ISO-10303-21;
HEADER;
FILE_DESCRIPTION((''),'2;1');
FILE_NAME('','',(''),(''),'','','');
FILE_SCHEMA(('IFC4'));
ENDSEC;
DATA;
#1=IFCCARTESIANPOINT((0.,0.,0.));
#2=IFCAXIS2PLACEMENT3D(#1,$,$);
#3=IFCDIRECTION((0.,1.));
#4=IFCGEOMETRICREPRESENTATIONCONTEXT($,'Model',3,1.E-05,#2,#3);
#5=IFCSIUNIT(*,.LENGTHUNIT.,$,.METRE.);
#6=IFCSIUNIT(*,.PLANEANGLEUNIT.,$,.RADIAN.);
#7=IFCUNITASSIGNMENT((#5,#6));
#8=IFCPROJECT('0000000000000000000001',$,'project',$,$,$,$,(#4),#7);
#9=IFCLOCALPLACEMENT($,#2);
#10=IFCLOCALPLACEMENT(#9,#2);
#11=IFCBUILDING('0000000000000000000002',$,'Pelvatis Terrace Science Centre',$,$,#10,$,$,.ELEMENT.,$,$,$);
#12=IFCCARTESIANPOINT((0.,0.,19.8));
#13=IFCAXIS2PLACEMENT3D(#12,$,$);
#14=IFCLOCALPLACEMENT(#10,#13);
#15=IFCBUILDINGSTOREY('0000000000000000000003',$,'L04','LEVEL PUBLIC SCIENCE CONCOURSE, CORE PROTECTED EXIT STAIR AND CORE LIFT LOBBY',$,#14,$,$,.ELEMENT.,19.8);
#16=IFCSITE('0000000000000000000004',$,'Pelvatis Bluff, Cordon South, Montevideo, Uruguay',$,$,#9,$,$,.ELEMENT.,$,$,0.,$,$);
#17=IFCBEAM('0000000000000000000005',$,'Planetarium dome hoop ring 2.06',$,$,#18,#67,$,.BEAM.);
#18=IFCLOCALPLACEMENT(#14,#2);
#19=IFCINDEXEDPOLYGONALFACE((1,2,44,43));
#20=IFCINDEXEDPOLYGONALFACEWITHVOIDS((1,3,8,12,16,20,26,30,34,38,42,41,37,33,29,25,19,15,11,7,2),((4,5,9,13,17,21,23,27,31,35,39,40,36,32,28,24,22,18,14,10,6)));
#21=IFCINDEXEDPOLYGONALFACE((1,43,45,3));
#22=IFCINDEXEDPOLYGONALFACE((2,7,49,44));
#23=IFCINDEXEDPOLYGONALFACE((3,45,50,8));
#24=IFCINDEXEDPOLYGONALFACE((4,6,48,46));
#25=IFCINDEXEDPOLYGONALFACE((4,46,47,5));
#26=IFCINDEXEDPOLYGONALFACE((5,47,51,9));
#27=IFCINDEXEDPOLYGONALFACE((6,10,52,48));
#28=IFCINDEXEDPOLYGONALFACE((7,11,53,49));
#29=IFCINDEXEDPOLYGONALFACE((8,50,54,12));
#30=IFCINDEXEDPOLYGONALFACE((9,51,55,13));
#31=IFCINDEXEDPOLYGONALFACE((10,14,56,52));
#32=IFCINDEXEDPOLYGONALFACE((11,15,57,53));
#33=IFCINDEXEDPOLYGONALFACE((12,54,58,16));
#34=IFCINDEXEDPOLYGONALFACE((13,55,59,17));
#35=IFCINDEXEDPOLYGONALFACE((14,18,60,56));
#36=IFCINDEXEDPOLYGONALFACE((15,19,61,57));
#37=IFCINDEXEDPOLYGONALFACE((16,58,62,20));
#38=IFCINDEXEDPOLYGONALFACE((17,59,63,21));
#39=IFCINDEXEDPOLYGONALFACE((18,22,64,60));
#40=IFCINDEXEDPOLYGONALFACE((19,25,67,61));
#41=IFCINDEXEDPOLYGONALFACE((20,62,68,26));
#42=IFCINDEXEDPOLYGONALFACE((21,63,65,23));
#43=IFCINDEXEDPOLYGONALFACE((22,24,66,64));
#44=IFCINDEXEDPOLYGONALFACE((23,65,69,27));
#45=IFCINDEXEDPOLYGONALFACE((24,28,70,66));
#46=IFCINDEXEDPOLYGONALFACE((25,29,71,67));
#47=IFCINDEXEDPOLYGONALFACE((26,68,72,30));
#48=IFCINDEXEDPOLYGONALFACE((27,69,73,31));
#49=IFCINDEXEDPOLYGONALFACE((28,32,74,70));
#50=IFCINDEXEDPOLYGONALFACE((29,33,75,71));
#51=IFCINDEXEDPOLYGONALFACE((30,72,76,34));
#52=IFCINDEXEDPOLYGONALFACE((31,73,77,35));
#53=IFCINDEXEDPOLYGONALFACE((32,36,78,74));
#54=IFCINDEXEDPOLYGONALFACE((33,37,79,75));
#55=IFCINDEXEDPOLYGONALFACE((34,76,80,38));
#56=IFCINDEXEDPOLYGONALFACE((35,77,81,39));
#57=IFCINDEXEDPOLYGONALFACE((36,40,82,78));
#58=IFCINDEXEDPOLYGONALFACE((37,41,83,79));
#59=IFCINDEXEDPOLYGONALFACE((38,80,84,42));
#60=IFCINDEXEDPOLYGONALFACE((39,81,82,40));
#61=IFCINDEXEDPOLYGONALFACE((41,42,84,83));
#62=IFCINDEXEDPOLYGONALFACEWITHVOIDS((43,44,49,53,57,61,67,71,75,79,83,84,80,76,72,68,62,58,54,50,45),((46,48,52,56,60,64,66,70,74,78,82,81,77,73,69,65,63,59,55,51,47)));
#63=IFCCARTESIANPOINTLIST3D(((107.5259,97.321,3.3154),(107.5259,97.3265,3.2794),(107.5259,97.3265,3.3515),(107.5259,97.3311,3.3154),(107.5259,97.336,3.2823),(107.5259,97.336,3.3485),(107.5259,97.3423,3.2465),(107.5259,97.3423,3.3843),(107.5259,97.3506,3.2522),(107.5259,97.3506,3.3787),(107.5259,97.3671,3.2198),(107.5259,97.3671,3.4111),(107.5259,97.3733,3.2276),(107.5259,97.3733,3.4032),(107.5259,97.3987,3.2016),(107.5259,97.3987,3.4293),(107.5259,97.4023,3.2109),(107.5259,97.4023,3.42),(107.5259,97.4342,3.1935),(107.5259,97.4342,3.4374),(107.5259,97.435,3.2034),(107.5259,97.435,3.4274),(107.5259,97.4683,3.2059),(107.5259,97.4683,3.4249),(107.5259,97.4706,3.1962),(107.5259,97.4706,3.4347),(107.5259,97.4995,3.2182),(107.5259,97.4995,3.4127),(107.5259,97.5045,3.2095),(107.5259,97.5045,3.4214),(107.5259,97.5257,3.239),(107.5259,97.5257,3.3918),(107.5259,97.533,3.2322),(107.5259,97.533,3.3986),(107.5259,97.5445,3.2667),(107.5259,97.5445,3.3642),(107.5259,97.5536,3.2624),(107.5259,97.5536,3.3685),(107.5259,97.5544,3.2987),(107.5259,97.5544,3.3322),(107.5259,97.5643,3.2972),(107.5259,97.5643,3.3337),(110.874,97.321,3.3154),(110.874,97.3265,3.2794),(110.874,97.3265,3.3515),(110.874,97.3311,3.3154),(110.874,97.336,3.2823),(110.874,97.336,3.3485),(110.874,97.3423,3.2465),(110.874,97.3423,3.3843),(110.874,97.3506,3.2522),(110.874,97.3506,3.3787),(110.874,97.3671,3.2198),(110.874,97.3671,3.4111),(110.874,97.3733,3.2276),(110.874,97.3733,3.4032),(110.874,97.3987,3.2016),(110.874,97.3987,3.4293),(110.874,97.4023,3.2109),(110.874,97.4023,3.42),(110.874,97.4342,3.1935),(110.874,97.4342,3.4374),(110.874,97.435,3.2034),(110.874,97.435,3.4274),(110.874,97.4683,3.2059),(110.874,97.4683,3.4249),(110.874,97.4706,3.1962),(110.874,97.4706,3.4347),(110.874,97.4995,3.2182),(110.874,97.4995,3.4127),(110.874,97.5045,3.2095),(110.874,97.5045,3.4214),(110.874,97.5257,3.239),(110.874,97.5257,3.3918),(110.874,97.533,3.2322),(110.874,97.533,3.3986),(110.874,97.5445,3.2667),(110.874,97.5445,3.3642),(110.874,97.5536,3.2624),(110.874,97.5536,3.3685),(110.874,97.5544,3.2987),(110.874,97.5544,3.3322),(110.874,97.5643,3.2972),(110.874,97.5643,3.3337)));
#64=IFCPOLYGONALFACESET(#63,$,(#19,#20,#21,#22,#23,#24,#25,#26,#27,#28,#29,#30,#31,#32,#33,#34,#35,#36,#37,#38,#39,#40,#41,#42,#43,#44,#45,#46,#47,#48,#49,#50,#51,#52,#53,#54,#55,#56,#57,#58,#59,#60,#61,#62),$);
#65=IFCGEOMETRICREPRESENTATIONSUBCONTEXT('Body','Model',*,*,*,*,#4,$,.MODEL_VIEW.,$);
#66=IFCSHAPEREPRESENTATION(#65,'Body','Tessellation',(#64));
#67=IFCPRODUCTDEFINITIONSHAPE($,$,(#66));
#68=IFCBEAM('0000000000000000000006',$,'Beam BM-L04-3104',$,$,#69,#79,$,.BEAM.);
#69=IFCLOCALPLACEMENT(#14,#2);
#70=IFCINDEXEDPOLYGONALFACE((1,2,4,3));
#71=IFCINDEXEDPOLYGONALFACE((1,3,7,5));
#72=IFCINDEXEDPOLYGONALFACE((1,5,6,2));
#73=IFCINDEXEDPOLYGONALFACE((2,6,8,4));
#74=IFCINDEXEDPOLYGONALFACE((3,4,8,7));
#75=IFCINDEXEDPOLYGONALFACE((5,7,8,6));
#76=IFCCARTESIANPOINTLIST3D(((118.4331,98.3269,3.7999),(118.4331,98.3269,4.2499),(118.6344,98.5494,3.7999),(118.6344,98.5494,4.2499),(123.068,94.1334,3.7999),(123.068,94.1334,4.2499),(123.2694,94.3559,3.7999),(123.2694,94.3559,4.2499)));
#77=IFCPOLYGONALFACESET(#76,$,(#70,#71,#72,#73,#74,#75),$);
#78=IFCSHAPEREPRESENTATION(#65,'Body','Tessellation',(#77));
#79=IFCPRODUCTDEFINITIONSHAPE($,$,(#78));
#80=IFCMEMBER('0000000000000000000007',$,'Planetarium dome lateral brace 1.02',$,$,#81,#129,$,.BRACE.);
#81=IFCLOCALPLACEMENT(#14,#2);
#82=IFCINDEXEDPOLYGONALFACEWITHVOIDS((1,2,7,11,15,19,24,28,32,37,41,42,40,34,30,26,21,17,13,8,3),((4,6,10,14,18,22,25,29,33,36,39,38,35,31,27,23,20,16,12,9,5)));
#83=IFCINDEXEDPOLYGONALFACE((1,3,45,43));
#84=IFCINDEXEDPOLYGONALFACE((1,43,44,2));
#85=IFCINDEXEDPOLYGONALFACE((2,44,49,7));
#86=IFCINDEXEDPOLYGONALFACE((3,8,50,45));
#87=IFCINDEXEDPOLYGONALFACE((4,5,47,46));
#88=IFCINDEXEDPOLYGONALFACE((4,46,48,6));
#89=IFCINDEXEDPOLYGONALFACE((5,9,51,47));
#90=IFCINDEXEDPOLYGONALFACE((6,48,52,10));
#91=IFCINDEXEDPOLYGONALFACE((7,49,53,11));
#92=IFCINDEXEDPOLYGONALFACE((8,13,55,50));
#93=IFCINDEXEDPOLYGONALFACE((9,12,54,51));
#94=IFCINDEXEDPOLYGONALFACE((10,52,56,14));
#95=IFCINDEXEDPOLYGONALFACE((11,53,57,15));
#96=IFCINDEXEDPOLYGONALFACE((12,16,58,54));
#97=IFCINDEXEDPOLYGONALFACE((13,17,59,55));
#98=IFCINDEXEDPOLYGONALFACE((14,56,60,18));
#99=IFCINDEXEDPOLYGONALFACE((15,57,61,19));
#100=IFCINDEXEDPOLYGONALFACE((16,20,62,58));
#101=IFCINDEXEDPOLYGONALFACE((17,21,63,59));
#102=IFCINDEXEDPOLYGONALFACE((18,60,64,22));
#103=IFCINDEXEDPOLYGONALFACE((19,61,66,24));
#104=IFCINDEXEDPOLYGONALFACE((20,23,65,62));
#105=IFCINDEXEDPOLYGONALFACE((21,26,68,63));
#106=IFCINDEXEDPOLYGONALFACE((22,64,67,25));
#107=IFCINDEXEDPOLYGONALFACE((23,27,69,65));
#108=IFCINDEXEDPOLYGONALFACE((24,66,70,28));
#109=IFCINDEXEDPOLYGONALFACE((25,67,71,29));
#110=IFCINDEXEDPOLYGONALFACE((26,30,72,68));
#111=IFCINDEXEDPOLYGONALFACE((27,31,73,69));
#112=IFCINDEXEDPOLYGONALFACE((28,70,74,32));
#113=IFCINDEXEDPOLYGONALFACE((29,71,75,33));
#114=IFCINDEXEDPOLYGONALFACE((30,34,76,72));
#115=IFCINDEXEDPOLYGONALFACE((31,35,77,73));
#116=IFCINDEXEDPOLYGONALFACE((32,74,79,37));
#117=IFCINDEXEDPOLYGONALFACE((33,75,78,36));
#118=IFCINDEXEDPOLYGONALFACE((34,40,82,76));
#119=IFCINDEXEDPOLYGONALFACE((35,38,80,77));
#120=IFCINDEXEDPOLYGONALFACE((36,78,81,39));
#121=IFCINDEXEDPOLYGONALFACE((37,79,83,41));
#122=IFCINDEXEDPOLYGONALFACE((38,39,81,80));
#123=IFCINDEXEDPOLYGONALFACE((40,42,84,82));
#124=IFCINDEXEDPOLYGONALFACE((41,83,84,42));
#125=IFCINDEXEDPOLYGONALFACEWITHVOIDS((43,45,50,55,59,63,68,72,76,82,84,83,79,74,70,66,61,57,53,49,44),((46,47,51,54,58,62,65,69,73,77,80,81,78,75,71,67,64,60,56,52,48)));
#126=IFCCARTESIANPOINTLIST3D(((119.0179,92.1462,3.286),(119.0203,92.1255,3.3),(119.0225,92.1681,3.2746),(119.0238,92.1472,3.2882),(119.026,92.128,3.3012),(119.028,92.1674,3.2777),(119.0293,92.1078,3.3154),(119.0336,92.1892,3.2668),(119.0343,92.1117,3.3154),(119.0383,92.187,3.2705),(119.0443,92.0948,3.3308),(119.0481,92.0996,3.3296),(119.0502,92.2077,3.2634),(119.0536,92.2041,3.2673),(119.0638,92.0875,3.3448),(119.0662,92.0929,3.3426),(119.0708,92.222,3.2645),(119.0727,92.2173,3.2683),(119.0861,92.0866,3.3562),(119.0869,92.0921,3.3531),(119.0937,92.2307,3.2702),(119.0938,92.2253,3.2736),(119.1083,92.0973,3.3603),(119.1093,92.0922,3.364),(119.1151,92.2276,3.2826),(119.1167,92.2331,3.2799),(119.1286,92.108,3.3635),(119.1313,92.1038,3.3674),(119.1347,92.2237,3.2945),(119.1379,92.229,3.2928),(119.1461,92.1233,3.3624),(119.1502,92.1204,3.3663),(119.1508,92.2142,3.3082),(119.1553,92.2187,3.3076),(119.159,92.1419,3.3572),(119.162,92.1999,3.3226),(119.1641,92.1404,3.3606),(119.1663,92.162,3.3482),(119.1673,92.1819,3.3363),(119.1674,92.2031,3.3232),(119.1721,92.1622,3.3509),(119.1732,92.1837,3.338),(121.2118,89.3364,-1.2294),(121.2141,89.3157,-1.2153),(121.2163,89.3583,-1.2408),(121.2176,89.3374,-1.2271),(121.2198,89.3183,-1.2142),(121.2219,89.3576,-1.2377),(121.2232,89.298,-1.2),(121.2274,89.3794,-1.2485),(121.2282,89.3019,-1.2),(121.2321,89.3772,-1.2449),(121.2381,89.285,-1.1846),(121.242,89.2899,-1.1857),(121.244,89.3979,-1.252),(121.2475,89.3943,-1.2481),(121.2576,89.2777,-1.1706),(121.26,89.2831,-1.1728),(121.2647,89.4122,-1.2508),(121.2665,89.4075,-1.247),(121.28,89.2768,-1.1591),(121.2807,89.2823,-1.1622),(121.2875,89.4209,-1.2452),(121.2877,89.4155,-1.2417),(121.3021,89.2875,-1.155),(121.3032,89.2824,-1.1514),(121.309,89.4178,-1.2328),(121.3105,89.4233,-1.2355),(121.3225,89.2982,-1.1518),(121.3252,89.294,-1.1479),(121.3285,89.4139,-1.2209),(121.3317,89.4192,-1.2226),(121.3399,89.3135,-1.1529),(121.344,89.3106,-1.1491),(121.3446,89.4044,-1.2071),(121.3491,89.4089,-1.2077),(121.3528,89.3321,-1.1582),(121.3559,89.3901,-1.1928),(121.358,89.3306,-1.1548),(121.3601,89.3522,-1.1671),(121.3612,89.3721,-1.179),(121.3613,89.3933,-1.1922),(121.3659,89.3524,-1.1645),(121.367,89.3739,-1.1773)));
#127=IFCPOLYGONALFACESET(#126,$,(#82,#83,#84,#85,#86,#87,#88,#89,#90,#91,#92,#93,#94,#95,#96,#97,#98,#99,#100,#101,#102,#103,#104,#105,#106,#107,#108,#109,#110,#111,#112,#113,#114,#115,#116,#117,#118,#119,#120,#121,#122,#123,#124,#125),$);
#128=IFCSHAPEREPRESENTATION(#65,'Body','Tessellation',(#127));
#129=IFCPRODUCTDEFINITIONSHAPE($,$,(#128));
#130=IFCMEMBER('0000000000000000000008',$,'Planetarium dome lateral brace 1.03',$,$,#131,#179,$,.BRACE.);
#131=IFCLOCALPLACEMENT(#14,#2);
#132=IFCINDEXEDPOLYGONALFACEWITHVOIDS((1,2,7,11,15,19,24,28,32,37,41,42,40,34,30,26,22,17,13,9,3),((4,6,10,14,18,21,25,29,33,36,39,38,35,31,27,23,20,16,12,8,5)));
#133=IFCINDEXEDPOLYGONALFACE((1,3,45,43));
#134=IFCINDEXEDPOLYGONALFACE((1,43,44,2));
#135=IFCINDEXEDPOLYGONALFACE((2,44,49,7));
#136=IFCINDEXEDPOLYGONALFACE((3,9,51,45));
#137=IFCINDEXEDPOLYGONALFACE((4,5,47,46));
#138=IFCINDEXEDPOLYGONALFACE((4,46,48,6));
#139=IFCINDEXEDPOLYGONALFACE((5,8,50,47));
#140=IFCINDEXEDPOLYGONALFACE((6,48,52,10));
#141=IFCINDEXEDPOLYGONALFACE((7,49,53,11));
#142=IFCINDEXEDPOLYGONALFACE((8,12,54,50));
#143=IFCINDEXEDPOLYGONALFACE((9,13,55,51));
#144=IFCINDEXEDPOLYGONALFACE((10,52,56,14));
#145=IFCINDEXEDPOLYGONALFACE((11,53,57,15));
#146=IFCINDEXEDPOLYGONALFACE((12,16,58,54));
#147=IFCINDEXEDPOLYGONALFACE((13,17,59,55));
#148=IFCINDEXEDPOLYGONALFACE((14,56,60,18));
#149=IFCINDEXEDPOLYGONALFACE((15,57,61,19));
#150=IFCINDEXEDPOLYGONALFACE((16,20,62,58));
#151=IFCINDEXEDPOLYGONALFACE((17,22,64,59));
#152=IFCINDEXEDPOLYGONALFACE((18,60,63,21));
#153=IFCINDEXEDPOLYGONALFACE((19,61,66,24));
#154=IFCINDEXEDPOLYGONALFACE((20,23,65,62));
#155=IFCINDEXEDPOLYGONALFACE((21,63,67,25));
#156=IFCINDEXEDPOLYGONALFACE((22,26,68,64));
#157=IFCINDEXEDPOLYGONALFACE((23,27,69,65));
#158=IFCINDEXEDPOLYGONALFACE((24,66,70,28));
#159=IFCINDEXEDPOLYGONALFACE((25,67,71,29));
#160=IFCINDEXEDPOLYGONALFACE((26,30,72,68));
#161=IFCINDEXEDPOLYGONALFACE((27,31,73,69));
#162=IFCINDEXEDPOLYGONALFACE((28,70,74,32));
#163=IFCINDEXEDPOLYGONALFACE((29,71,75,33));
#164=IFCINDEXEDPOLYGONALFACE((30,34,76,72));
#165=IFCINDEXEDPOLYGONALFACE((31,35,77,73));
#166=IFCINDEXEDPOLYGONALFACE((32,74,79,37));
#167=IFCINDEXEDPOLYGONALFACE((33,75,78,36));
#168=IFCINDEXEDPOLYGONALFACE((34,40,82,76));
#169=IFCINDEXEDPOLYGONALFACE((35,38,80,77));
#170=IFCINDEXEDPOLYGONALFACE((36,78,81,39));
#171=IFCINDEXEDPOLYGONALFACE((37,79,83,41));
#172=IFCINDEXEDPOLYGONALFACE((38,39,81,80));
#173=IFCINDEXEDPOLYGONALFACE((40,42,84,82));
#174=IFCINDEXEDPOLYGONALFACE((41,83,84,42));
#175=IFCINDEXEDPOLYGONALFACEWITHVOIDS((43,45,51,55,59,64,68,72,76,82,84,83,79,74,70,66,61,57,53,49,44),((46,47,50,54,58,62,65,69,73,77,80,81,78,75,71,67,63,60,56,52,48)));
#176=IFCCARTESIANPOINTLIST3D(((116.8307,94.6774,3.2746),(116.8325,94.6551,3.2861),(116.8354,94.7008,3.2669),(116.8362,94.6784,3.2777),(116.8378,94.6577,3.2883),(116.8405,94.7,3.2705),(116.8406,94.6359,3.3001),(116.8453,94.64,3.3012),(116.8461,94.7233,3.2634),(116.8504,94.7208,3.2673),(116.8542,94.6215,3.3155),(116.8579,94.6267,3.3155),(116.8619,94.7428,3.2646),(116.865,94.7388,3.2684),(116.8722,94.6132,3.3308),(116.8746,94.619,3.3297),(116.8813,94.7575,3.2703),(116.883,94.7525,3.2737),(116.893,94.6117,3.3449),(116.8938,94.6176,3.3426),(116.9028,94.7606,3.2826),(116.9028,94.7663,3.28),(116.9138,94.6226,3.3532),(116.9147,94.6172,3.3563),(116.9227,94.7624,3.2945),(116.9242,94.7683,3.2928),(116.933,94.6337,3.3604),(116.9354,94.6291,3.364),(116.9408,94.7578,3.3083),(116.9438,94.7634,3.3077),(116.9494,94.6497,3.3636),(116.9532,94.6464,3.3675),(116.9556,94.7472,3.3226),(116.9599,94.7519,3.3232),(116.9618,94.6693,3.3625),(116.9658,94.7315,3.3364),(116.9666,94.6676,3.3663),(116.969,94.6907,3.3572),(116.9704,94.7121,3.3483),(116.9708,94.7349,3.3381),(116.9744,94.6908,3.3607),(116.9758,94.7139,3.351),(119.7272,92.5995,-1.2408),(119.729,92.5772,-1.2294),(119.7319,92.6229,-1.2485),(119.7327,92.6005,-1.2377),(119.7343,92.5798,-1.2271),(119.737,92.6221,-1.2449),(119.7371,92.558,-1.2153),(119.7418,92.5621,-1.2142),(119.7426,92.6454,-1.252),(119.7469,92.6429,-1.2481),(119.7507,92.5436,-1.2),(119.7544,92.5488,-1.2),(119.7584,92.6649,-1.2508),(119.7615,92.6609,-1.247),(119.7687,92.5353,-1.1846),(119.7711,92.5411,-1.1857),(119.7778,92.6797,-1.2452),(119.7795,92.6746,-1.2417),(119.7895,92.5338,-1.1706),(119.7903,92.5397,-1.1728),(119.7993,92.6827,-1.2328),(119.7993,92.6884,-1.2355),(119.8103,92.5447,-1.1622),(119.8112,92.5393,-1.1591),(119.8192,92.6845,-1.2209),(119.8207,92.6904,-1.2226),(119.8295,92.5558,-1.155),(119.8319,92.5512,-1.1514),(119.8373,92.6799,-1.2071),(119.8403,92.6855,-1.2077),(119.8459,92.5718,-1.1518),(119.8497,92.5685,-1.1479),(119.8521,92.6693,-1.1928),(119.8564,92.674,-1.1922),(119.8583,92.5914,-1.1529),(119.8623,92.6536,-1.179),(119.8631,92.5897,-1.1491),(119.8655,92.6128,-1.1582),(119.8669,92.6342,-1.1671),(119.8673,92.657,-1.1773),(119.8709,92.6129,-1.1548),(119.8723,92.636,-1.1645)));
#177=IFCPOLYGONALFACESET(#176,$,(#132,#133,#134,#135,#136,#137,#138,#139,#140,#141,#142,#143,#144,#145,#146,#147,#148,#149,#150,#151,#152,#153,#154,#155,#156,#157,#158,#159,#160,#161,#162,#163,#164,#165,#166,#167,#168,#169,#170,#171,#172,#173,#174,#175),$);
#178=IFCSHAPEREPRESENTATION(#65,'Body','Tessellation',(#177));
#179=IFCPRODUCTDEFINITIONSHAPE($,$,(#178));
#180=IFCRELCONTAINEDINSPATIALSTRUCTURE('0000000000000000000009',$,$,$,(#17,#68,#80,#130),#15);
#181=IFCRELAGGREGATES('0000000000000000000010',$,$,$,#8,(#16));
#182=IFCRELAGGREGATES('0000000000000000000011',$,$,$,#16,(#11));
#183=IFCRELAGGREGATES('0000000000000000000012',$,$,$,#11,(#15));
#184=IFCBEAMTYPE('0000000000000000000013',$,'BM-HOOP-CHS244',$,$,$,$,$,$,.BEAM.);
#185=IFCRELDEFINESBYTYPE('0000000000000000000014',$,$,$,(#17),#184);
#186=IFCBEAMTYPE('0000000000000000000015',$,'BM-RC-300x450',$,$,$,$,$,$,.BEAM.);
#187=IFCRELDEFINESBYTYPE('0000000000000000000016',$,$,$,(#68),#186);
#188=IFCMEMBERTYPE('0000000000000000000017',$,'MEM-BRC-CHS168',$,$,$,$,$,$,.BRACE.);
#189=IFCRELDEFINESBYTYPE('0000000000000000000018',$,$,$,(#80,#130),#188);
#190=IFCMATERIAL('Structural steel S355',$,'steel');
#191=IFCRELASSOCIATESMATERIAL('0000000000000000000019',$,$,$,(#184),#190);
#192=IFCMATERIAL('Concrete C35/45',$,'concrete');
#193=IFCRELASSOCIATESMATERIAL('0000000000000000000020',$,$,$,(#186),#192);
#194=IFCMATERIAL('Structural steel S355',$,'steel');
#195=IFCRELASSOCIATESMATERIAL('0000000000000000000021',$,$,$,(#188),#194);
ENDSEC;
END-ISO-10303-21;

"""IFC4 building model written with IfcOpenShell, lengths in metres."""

from ifc_helpers import new_model, si_unit, direction, frame, origin, origin_2d, place, context, subcontext, project, spatial, rectangle, hollow_circle, extrude, material, material_profile, profile_set, type_object, element, save


model = new_model("IFC4")

# Units and contexts
model_context = context("Model", 3, precision=1e-05, world=origin(), true_north=direction((0.0, 1.0)))
body_context = subcontext(model_context, "Body", "Model", "MODEL_VIEW")
ifc_project = project(units=[si_unit("LENGTHUNIT", "METRE"), si_unit("PLANEANGLEUNIT", "RADIAN")], contexts=[model_context])

# Site, building, storey
site_placement = place(None, origin())
site = spatial("IfcSite", under=ifc_project, at=site_placement, Name="Pelvatis Bluff, Cordon South, Montevideo, Uruguay", CompositionType="ELEMENT", RefElevation=0.0)
building_placement = place(site_placement, origin())
building = spatial("IfcBuilding", under=site, at=building_placement, Name="Pelvatis Terrace Science Centre", CompositionType="ELEMENT")
storey_placement = place(building_placement, frame((0.0, 0.0, 19.8)))
storey = spatial("IfcBuildingStorey", under=building, at=storey_placement, Name="L04", Description="LEVEL PUBLIC SCIENCE CONCOURSE, CORE PROTECTED EXIT STAIR AND CORE LIFT LOBBY", CompositionType="ELEMENT", Elevation=19.8)

# Beams
ifc_material_1 = material(Name="Structural steel S355", Category="steel")
ifc_material_profile_1 = material_profile(ifc_material_1, hollow_circle(Radius=0.1223, WallThickness=0.01, at=origin_2d()), Name="CHS 244.5x10.0")
ifc_profile_set_1 = profile_set([ifc_material_profile_1], Name="Structural steel S355")
beam_type_1 = type_object("IfcBeamType", Name="BM-HOOP-CHS244", PredefinedType="BEAM", material=ifc_profile_set_1)
beam_1_placement = place(storey_placement, frame((110.874, 97.4434, 3.3154), z_axis=(-1.0, 0.0, 0.0), x_axis=(0.0, -1.0, 0.0)))
element("IfcBeam", 1, at=beam_1_placement, inside=storey, type_object=beam_type_1, Name="Planetarium dome hoop ring 2.06", PredefinedType="BEAM", context=body_context, shape_type="SweptSolid", body=[
    extrude(hollow_circle(Radius=0.1223, WallThickness=0.01, at=origin_2d()), origin(), (0.0, 0.0, 1.0), 3.3481),
])
ifc_material_2 = material(Name="Concrete C35/45", Category="concrete")
ifc_material_profile_2 = material_profile(ifc_material_2, rectangle(XDim=0.3, YDim=0.45, at=origin_2d()), Name="RC-BM 300x450")
ifc_profile_set_2 = profile_set([ifc_material_profile_2], Name="Concrete C35/45")
beam_type_2 = type_object("IfcBeamType", Name="BM-RC-300x450", PredefinedType="BEAM", material=ifc_profile_set_2)
beam_2_placement = place(storey_placement, frame((123.1687, 94.2446, 4.0249), z_axis=(-0.741534, 0.670915, 0.0), x_axis=(-0.670915, -0.741534, 0.0)))
element("IfcBeam", 2, at=beam_2_placement, inside=storey, type_object=beam_type_2, Name="Beam BM-L04-3104", PredefinedType="BEAM", context=body_context, shape_type="SweptSolid", body=[
    extrude(rectangle(XDim=0.3, YDim=0.45, at=origin_2d()), origin(), (0.0, 0.0, 1.0), 6.2505),
])

# Members
ifc_material_3 = material(Name="Structural steel S355", Category="steel")
ifc_material_profile_3 = material_profile(ifc_material_3, hollow_circle(Radius=0.0842, WallThickness=0.0063, at=origin_2d()), Name="CHS 168.3x6.3")
ifc_profile_set_3 = profile_set([ifc_material_profile_3], Name="Structural steel S355")
member_type = type_object("IfcMemberType", Name="MEM-BRC-CHS168", PredefinedType="BRACE", material=ifc_profile_set_3)
for number, where, z_axis, x_axis, name in (
    (3, (121.2896, 89.3499, -1.2), (-0.381342, 0.488411, 0.784878), (-0.788204, -0.615414, 0.0), "Planetarium dome lateral brace 1.02"),
    (4, (119.7998, 92.6121, -1.2), (-0.503482, 0.361188, 0.784888), (-0.582902, -0.812542, 0.0), "Planetarium dome lateral brace 1.03"),
):
    element("IfcMember", number, at=place(storey_placement, frame(where, z_axis=z_axis, x_axis=x_axis)), inside=storey, type_object=member_type, Name=name, PredefinedType="BRACE", context=body_context, shape_type="SweptSolid", body=[
        extrude(hollow_circle(Radius=0.0842, WallThickness=0.0063, at=origin_2d()), origin(), (0.0, 0.0, 1.0), 5.7529),
    ])

save(model, "model.ifc")
